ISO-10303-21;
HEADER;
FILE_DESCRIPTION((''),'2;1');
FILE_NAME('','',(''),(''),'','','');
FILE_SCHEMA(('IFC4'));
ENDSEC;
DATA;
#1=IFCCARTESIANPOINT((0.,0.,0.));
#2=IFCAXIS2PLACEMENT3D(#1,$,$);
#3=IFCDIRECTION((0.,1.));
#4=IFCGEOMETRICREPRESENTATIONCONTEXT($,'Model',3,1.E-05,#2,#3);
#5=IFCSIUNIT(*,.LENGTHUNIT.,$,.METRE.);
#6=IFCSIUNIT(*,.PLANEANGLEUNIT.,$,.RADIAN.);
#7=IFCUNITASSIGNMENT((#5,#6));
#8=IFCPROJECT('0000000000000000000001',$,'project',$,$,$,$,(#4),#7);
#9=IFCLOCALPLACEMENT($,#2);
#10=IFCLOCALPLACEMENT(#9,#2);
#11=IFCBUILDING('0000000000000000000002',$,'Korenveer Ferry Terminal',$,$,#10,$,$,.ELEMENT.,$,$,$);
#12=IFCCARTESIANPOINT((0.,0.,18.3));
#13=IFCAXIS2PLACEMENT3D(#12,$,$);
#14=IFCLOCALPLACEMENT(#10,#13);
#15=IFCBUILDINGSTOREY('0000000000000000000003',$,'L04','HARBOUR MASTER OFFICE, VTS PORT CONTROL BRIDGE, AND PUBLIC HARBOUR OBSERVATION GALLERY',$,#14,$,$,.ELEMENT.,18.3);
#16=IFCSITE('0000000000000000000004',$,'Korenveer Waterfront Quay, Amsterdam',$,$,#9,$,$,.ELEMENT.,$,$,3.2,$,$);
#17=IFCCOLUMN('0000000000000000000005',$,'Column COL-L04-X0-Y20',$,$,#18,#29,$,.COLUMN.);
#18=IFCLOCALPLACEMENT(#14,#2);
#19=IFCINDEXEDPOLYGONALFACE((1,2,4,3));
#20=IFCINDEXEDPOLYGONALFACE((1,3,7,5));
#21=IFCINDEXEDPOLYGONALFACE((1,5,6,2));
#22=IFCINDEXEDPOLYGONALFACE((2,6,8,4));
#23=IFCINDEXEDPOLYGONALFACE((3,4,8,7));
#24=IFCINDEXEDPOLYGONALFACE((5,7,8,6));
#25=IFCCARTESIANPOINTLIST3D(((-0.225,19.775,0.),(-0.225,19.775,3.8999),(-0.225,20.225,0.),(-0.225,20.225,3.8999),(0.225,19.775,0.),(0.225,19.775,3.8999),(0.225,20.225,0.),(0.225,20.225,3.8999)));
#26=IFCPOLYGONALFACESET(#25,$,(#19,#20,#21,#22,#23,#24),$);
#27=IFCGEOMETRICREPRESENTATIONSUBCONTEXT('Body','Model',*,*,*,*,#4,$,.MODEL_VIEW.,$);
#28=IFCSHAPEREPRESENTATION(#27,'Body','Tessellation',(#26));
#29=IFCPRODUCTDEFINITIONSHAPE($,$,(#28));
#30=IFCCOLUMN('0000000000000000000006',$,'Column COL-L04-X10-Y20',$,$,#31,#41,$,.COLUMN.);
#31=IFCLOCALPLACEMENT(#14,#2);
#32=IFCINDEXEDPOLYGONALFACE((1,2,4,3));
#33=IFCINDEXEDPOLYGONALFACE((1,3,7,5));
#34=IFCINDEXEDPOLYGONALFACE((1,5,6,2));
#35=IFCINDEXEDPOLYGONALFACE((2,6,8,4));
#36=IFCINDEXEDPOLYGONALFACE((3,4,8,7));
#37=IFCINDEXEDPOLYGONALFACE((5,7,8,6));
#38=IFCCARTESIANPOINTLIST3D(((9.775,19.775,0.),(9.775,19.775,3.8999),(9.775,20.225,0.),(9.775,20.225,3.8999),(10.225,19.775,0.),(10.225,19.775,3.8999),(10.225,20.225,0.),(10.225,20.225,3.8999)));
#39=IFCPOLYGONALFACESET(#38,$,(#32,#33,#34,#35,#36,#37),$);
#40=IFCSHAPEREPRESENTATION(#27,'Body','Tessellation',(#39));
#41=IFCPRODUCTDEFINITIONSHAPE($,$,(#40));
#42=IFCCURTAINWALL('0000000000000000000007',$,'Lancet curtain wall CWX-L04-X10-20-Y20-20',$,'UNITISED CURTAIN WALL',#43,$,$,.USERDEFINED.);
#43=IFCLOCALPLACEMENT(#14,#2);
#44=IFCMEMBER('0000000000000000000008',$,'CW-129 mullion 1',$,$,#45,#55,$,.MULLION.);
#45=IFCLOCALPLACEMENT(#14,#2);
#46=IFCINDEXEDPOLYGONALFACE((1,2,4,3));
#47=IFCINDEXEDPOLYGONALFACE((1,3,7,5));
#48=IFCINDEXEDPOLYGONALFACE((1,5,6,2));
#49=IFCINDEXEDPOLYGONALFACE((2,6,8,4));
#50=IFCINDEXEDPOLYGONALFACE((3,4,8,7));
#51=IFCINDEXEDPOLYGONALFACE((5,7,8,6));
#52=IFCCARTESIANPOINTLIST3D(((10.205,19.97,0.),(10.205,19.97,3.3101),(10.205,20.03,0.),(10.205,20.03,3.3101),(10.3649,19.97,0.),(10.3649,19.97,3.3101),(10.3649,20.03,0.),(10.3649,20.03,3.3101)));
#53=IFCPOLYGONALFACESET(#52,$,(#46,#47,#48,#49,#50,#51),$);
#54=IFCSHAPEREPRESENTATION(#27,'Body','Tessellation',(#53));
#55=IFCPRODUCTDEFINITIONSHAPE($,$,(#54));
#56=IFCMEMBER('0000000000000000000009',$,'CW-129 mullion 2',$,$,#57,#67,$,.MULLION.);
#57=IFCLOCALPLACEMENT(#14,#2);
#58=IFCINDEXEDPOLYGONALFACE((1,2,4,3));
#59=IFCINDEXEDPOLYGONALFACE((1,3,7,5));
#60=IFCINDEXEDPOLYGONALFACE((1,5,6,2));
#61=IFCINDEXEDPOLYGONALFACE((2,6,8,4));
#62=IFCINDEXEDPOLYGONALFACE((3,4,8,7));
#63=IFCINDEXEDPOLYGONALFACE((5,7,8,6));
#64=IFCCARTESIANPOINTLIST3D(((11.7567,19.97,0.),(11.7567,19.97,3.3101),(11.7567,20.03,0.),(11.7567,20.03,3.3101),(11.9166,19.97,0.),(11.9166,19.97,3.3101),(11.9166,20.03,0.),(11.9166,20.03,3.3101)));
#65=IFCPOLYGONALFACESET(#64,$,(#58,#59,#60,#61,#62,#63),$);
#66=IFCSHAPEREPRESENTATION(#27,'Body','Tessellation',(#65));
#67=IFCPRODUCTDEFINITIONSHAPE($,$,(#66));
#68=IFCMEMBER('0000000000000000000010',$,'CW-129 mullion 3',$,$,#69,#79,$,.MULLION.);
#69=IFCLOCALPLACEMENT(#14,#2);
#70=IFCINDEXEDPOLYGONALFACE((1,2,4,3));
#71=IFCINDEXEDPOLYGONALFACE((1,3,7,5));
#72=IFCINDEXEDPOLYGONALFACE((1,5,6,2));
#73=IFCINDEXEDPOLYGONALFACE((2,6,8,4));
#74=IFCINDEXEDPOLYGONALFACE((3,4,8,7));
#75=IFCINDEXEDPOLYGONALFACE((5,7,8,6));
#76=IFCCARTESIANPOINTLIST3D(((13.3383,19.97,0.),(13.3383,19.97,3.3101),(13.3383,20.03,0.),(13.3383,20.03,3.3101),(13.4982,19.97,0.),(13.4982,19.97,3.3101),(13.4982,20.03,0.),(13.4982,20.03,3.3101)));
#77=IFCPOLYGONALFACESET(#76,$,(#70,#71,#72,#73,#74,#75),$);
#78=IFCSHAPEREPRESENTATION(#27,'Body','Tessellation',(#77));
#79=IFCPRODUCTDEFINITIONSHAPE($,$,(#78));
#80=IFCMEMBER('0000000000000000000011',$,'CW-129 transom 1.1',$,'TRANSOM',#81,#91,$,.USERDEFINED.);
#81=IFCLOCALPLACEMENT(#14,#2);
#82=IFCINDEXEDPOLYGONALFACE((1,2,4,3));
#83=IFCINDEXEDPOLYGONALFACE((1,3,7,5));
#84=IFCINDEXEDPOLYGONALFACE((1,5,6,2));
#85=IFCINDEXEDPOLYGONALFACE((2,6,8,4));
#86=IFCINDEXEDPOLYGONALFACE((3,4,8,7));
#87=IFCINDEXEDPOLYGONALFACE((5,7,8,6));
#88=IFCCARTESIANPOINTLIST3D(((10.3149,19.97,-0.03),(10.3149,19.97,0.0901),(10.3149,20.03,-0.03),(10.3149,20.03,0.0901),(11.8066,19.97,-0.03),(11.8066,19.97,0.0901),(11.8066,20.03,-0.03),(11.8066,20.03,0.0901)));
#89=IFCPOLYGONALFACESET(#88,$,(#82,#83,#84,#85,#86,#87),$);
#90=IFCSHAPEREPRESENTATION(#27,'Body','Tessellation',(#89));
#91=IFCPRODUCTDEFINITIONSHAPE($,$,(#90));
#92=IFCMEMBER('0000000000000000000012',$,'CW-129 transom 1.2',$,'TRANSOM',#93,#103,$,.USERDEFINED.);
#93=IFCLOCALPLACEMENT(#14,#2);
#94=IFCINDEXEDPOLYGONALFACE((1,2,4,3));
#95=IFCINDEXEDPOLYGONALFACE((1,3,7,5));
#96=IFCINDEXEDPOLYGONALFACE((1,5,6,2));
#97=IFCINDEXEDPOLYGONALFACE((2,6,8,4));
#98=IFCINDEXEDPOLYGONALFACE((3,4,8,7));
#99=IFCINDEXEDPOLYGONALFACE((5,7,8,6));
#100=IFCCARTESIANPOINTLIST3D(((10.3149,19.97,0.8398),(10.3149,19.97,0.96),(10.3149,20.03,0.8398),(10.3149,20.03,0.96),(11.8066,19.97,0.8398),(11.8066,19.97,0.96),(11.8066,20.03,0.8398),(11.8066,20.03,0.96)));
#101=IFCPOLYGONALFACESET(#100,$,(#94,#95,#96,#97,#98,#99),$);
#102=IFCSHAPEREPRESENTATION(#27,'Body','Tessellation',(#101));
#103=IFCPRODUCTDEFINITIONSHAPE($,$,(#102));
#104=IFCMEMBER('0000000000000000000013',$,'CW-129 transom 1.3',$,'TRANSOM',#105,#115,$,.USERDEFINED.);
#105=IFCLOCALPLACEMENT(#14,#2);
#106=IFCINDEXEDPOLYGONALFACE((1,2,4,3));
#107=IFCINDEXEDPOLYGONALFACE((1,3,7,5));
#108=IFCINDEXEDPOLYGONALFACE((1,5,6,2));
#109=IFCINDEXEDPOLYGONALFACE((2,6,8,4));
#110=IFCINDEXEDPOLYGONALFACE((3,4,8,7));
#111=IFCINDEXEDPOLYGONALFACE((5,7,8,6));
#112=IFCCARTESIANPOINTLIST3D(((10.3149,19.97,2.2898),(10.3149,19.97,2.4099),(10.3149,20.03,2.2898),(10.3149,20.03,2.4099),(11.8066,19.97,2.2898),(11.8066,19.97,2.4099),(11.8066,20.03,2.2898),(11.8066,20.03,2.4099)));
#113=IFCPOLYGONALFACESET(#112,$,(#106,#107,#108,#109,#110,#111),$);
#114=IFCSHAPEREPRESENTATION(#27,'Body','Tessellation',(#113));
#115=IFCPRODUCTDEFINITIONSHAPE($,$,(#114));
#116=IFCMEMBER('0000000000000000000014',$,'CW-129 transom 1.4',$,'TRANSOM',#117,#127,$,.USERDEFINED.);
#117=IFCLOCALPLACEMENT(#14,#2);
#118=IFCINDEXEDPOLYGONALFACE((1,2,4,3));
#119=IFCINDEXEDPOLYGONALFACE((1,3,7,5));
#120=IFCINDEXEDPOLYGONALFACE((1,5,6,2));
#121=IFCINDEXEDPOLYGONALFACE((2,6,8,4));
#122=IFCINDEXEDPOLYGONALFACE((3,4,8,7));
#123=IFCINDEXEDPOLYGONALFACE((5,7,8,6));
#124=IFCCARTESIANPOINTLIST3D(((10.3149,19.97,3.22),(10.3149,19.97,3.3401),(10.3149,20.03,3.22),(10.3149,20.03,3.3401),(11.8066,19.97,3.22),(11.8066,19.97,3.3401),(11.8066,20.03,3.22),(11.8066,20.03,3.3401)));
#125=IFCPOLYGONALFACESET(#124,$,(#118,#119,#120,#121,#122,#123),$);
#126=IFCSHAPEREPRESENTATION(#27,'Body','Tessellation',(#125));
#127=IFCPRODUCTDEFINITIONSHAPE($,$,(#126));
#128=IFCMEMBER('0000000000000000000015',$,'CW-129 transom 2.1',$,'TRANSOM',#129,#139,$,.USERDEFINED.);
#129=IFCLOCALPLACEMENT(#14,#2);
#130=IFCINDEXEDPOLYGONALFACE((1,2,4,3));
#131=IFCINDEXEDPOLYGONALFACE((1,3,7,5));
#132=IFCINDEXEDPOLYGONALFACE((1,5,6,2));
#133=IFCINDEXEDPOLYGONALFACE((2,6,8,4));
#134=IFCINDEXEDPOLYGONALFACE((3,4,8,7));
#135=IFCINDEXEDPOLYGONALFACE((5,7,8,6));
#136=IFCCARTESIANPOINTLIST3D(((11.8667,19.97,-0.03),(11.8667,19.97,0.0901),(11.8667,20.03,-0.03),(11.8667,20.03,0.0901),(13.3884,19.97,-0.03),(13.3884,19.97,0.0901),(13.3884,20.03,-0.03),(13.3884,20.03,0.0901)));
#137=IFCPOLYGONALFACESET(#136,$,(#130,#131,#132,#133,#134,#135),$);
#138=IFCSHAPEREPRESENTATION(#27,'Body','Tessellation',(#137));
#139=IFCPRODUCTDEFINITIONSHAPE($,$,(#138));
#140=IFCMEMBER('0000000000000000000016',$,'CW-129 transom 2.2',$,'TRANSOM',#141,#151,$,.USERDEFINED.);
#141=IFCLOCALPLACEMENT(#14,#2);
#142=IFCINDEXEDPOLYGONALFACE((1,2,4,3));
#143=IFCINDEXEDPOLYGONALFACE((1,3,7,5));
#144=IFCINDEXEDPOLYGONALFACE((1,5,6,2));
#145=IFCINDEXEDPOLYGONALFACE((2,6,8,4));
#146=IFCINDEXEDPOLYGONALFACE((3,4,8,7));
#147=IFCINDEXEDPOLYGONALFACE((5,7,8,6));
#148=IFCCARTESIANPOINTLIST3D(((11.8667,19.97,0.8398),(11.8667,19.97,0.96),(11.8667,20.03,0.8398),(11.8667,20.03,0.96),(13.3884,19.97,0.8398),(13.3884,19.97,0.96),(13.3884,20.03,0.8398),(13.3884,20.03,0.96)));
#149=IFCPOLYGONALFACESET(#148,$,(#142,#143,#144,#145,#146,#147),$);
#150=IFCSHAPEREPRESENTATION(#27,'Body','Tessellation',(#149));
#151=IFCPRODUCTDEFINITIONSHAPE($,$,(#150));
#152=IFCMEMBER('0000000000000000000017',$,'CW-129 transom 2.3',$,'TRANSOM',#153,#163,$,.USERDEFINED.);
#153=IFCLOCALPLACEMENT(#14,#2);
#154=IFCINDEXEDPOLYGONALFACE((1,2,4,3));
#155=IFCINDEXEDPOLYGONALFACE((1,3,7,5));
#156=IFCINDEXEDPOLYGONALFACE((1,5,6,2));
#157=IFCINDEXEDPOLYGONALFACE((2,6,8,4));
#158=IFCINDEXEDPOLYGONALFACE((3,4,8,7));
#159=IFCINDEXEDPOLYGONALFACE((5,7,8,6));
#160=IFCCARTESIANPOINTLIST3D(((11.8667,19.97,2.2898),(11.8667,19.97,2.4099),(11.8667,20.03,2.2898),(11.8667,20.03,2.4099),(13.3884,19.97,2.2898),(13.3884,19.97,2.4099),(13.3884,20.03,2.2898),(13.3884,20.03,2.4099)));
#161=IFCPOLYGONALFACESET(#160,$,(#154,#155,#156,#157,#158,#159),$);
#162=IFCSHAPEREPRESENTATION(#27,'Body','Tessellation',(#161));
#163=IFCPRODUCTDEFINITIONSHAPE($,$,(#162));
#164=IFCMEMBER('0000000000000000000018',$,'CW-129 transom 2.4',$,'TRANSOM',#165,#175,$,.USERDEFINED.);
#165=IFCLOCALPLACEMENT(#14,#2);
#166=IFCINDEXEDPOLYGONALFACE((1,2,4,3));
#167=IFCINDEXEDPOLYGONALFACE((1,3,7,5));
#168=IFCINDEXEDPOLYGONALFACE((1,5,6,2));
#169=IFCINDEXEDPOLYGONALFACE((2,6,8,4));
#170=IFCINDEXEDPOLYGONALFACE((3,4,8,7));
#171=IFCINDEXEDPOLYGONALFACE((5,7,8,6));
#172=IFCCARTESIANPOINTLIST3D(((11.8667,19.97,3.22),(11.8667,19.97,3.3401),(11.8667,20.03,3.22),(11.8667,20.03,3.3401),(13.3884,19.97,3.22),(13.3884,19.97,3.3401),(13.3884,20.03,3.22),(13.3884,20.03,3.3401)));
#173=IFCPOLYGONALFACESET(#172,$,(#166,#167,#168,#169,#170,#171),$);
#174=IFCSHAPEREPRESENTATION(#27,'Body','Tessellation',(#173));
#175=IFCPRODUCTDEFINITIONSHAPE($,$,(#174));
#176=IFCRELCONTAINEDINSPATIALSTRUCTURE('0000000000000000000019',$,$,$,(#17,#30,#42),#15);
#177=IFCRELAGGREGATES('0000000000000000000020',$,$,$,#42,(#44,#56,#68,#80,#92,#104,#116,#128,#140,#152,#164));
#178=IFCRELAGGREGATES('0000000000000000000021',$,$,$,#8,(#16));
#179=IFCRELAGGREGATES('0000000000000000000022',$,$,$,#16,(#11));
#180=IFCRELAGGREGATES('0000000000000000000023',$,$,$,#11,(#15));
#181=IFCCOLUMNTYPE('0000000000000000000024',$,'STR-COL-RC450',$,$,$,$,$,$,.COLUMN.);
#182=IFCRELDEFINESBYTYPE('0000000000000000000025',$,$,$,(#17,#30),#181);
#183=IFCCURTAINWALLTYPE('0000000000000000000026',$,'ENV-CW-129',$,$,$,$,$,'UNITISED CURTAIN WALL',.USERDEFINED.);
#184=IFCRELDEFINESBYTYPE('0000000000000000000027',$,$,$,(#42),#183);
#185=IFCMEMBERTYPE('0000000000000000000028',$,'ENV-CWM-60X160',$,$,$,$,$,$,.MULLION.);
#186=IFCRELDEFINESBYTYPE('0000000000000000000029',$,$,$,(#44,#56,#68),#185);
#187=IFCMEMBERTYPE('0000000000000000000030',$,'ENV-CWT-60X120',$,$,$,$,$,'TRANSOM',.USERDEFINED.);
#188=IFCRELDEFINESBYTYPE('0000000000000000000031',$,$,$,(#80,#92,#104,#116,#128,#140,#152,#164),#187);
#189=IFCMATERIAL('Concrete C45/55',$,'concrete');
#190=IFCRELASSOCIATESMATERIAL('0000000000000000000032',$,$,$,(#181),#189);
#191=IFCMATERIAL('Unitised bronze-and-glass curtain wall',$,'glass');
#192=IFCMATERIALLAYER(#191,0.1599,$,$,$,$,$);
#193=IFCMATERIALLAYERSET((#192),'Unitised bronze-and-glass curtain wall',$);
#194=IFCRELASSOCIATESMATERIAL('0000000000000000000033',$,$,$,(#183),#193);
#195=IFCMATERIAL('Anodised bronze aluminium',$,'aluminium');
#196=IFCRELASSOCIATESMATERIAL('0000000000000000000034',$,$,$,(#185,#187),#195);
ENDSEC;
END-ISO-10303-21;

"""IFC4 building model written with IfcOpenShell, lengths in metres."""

from ifc_helpers import new_model, si_unit, direction, frame, origin, origin_2d, place, context, subcontext, project, spatial, rectangle, extrude, material, layer, layer_set, material_profile, profile_set, type_object, element, aggregate, save


model = new_model("IFC4")

# Units and contexts
model_context = context("Model", 3, precision=1e-05, world=origin(), true_north=direction((0.0, 1.0)))
body_context = subcontext(model_context, "Body", "Model", "MODEL_VIEW")
ifc_project = project(units=[si_unit("LENGTHUNIT", "METRE"), si_unit("PLANEANGLEUNIT", "RADIAN")], contexts=[model_context])

# Site, building, storey
site_placement = place(None, origin())
site = spatial("IfcSite", under=ifc_project, at=site_placement, Name="Korenveer Waterfront Quay, Amsterdam", CompositionType="ELEMENT", RefElevation=3.2)
building_placement = place(site_placement, origin())
building = spatial("IfcBuilding", under=site, at=building_placement, Name="Korenveer Ferry Terminal", CompositionType="ELEMENT")
storey_placement = place(building_placement, frame((0.0, 0.0, 18.3)))
storey = spatial("IfcBuildingStorey", under=building, at=storey_placement, Name="L04", Description="HARBOUR MASTER OFFICE, VTS PORT CONTROL BRIDGE, AND PUBLIC HARBOUR OBSERVATION GALLERY", CompositionType="ELEMENT", Elevation=18.3)

# Columns
ifc_material_1 = material(Name="Concrete C45/55", Category="concrete")
ifc_material_profile_1 = material_profile(ifc_material_1, rectangle(XDim=0.45, YDim=0.45, at=origin_2d()), Name="RC 450x450")
ifc_profile_set_1 = profile_set([ifc_material_profile_1], Name="Concrete C45/55")
column_type = type_object("IfcColumnType", Name="STR-COL-RC450", PredefinedType="COLUMN", material=ifc_profile_set_1)
for number, where, z_axis, x_axis, name in (
    (1, (0.0, 20.0, 0.0), (0.0, 0.0, 1.0), (1.0, 0.0, 0.0), "Column COL-L04-X0-Y20"),
    (2, (10.0, 20.0, 0.0), (0.0, 0.0, 1.0), (1.0, 0.0, 0.0), "Column COL-L04-X10-Y20"),
):
    element("IfcColumn", number, at=place(storey_placement, frame(where, z_axis=z_axis, x_axis=x_axis)), inside=storey, type_object=column_type, Name=name, PredefinedType="COLUMN", context=body_context, shape_type="SweptSolid", body=[
        extrude(rectangle(XDim=0.45, YDim=0.45, at=origin_2d()), origin(), (0.0, 0.0, 1.0), 3.8999),
    ])

# Curtain wall, members
ifc_material_2 = material(Name="Unitised bronze-and-glass curtain wall", Category="glass")
ifc_layer_1 = layer(ifc_material_2, 0.1599)
ifc_layer_set_1 = layer_set([ifc_layer_1], Name="Unitised bronze-and-glass curtain wall")
curtain_wall_type = type_object("IfcCurtainWallType", Name="ENV-CW-129", ElementType="UNITISED CURTAIN WALL", PredefinedType="USERDEFINED", material=ifc_layer_set_1)
curtain_wall_placement = place(storey_placement, frame((10.2549, 20.0, 0.0)))
curtain_wall = element("IfcCurtainWall", 3, at=curtain_wall_placement, inside=storey, type_object=curtain_wall_type, Name="Lancet curtain wall CWX-L04-X10-20-Y20-20", ObjectType="UNITISED CURTAIN WALL", PredefinedType="USERDEFINED")
ifc_material_3 = material(Name="Anodised bronze aluminium", Category="aluminium")
ifc_material_profile_2 = material_profile(ifc_material_3, rectangle(XDim=0.0601, YDim=0.1599, at=origin_2d()), Name="ALU 60x160")
ifc_profile_set_2 = profile_set([ifc_material_profile_2], Name="Anodised bronze aluminium")
member_type_1 = type_object("IfcMemberType", Name="ENV-CWM-60X160", PredefinedType="MULLION", material=ifc_profile_set_2)
member_1_placement = place(storey_placement, frame((10.2849, 20.0, 0.0), z_axis=(0.0, 0.0, 1.0), x_axis=(0.0, 1.0, 0.0)))
member_1 = element("IfcMember", 4, at=member_1_placement, type_object=member_type_1, Name="CW-129 mullion 1", PredefinedType="MULLION", context=body_context, shape_type="SweptSolid", body=[
    extrude(rectangle(XDim=0.0601, YDim=0.1599, at=origin_2d()), origin(), (0.0, 0.0, 1.0), 3.3101),
])
member_2_placement = place(storey_placement, frame((11.8367, 20.0, 0.0), z_axis=(0.0, 0.0, 1.0), x_axis=(0.0, 1.0, 0.0)))
member_2 = element("IfcMember", 5, at=member_2_placement, type_object=member_type_1, Name="CW-129 mullion 2", PredefinedType="MULLION", context=body_context, shape_type="SweptSolid", body=[
    extrude(rectangle(XDim=0.0601, YDim=0.1599, at=origin_2d()), origin(), (0.0, 0.0, 1.0), 3.3101),
])
member_3_placement = place(storey_placement, frame((13.4182, 20.0, 0.0), z_axis=(0.0, 0.0, 1.0), x_axis=(0.0, 1.0, 0.0)))
member_3 = element("IfcMember", 6, at=member_3_placement, type_object=member_type_1, Name="CW-129 mullion 3", PredefinedType="MULLION", context=body_context, shape_type="SweptSolid", body=[
    extrude(rectangle(XDim=0.0601, YDim=0.1599, at=origin_2d()), origin(), (0.0, 0.0, 1.0), 3.3101),
])
ifc_material_profile_3 = material_profile(ifc_material_3, rectangle(XDim=0.0601, YDim=0.1201, at=origin_2d()), Name="ALU 60x120")
ifc_profile_set_3 = profile_set([ifc_material_profile_3], Name="Anodised bronze aluminium")
member_type_2 = type_object("IfcMemberType", Name="ENV-CWT-60X120", ElementType="TRANSOM", PredefinedType="USERDEFINED", material=ifc_profile_set_3)
member_4_placement = place(storey_placement, frame((10.3149, 20.0, 0.03), z_axis=(1.0, 0.0, 0.0), x_axis=(0.0, 1.0, 0.0)))
member_4 = element("IfcMember", 7, at=member_4_placement, type_object=member_type_2, Name="CW-129 transom 1.1", ObjectType="TRANSOM", PredefinedType="USERDEFINED", context=body_context, shape_type="SweptSolid", body=[
    extrude(rectangle(XDim=0.0601, YDim=0.1201, at=origin_2d()), origin(), (0.0, 0.0, 1.0), 1.4917),
])
member_5_placement = place(storey_placement, frame((10.3149, 20.0, 0.8999), z_axis=(1.0, 0.0, 0.0), x_axis=(0.0, 1.0, 0.0)))
member_5 = element("IfcMember", 8, at=member_5_placement, type_object=member_type_2, Name="CW-129 transom 1.2", ObjectType="TRANSOM", PredefinedType="USERDEFINED", context=body_context, shape_type="SweptSolid", body=[
    extrude(rectangle(XDim=0.0601, YDim=0.1201, at=origin_2d()), origin(), (0.0, 0.0, 1.0), 1.4917),
])
member_6_placement = place(storey_placement, frame((10.3149, 20.0, 2.3499), z_axis=(1.0, 0.0, 0.0), x_axis=(0.0, 1.0, 0.0)))
member_6 = element("IfcMember", 9, at=member_6_placement, type_object=member_type_2, Name="CW-129 transom 1.3", ObjectType="TRANSOM", PredefinedType="USERDEFINED", context=body_context, shape_type="SweptSolid", body=[
    extrude(rectangle(XDim=0.0601, YDim=0.1201, at=origin_2d()), origin(), (0.0, 0.0, 1.0), 1.4917),
])
member_7_placement = place(storey_placement, frame((10.3149, 20.0, 3.28), z_axis=(1.0, 0.0, 0.0), x_axis=(0.0, 1.0, 0.0)))
member_7 = element("IfcMember", 10, at=member_7_placement, type_object=member_type_2, Name="CW-129 transom 1.4", ObjectType="TRANSOM", PredefinedType="USERDEFINED", context=body_context, shape_type="SweptSolid", body=[
    extrude(rectangle(XDim=0.0601, YDim=0.1201, at=origin_2d()), origin(), (0.0, 0.0, 1.0), 1.4917),
])
member_8_placement = place(storey_placement, frame((11.8667, 20.0, 0.03), z_axis=(1.0, 0.0, 0.0), x_axis=(0.0, 1.0, 0.0)))
member_8 = element("IfcMember", 11, at=member_8_placement, type_object=member_type_2, Name="CW-129 transom 2.1", ObjectType="TRANSOM", PredefinedType="USERDEFINED", context=body_context, shape_type="SweptSolid", body=[
    extrude(rectangle(XDim=0.0601, YDim=0.1201, at=origin_2d()), origin(), (0.0, 0.0, 1.0), 1.5217),
])
member_9_placement = place(storey_placement, frame((11.8667, 20.0, 0.8999), z_axis=(1.0, 0.0, 0.0), x_axis=(0.0, 1.0, 0.0)))
member_9 = element("IfcMember", 12, at=member_9_placement, type_object=member_type_2, Name="CW-129 transom 2.2", ObjectType="TRANSOM", PredefinedType="USERDEFINED", context=body_context, shape_type="SweptSolid", body=[
    extrude(rectangle(XDim=0.0601, YDim=0.1201, at=origin_2d()), origin(), (0.0, 0.0, 1.0), 1.5217),
])
member_10_placement = place(storey_placement, frame((11.8667, 20.0, 2.3499), z_axis=(1.0, 0.0, 0.0), x_axis=(0.0, 1.0, 0.0)))
member_10 = element("IfcMember", 13, at=member_10_placement, type_object=member_type_2, Name="CW-129 transom 2.3", ObjectType="TRANSOM", PredefinedType="USERDEFINED", context=body_context, shape_type="SweptSolid", body=[
    extrude(rectangle(XDim=0.0601, YDim=0.1201, at=origin_2d()), origin(), (0.0, 0.0, 1.0), 1.5217),
])
member_11_placement = place(storey_placement, frame((11.8667, 20.0, 3.28), z_axis=(1.0, 0.0, 0.0), x_axis=(0.0, 1.0, 0.0)))
member_11 = element("IfcMember", 14, at=member_11_placement, type_object=member_type_2, Name="CW-129 transom 2.4", ObjectType="TRANSOM", PredefinedType="USERDEFINED", context=body_context, shape_type="SweptSolid", body=[
    extrude(rectangle(XDim=0.0601, YDim=0.1201, at=origin_2d()), origin(), (0.0, 0.0, 1.0), 1.5217),
])

aggregate(curtain_wall, [member_1, member_2, member_3, member_4, member_5, member_6, member_7, member_8, member_9, member_10, member_11])

save(model, "model.ifc")
